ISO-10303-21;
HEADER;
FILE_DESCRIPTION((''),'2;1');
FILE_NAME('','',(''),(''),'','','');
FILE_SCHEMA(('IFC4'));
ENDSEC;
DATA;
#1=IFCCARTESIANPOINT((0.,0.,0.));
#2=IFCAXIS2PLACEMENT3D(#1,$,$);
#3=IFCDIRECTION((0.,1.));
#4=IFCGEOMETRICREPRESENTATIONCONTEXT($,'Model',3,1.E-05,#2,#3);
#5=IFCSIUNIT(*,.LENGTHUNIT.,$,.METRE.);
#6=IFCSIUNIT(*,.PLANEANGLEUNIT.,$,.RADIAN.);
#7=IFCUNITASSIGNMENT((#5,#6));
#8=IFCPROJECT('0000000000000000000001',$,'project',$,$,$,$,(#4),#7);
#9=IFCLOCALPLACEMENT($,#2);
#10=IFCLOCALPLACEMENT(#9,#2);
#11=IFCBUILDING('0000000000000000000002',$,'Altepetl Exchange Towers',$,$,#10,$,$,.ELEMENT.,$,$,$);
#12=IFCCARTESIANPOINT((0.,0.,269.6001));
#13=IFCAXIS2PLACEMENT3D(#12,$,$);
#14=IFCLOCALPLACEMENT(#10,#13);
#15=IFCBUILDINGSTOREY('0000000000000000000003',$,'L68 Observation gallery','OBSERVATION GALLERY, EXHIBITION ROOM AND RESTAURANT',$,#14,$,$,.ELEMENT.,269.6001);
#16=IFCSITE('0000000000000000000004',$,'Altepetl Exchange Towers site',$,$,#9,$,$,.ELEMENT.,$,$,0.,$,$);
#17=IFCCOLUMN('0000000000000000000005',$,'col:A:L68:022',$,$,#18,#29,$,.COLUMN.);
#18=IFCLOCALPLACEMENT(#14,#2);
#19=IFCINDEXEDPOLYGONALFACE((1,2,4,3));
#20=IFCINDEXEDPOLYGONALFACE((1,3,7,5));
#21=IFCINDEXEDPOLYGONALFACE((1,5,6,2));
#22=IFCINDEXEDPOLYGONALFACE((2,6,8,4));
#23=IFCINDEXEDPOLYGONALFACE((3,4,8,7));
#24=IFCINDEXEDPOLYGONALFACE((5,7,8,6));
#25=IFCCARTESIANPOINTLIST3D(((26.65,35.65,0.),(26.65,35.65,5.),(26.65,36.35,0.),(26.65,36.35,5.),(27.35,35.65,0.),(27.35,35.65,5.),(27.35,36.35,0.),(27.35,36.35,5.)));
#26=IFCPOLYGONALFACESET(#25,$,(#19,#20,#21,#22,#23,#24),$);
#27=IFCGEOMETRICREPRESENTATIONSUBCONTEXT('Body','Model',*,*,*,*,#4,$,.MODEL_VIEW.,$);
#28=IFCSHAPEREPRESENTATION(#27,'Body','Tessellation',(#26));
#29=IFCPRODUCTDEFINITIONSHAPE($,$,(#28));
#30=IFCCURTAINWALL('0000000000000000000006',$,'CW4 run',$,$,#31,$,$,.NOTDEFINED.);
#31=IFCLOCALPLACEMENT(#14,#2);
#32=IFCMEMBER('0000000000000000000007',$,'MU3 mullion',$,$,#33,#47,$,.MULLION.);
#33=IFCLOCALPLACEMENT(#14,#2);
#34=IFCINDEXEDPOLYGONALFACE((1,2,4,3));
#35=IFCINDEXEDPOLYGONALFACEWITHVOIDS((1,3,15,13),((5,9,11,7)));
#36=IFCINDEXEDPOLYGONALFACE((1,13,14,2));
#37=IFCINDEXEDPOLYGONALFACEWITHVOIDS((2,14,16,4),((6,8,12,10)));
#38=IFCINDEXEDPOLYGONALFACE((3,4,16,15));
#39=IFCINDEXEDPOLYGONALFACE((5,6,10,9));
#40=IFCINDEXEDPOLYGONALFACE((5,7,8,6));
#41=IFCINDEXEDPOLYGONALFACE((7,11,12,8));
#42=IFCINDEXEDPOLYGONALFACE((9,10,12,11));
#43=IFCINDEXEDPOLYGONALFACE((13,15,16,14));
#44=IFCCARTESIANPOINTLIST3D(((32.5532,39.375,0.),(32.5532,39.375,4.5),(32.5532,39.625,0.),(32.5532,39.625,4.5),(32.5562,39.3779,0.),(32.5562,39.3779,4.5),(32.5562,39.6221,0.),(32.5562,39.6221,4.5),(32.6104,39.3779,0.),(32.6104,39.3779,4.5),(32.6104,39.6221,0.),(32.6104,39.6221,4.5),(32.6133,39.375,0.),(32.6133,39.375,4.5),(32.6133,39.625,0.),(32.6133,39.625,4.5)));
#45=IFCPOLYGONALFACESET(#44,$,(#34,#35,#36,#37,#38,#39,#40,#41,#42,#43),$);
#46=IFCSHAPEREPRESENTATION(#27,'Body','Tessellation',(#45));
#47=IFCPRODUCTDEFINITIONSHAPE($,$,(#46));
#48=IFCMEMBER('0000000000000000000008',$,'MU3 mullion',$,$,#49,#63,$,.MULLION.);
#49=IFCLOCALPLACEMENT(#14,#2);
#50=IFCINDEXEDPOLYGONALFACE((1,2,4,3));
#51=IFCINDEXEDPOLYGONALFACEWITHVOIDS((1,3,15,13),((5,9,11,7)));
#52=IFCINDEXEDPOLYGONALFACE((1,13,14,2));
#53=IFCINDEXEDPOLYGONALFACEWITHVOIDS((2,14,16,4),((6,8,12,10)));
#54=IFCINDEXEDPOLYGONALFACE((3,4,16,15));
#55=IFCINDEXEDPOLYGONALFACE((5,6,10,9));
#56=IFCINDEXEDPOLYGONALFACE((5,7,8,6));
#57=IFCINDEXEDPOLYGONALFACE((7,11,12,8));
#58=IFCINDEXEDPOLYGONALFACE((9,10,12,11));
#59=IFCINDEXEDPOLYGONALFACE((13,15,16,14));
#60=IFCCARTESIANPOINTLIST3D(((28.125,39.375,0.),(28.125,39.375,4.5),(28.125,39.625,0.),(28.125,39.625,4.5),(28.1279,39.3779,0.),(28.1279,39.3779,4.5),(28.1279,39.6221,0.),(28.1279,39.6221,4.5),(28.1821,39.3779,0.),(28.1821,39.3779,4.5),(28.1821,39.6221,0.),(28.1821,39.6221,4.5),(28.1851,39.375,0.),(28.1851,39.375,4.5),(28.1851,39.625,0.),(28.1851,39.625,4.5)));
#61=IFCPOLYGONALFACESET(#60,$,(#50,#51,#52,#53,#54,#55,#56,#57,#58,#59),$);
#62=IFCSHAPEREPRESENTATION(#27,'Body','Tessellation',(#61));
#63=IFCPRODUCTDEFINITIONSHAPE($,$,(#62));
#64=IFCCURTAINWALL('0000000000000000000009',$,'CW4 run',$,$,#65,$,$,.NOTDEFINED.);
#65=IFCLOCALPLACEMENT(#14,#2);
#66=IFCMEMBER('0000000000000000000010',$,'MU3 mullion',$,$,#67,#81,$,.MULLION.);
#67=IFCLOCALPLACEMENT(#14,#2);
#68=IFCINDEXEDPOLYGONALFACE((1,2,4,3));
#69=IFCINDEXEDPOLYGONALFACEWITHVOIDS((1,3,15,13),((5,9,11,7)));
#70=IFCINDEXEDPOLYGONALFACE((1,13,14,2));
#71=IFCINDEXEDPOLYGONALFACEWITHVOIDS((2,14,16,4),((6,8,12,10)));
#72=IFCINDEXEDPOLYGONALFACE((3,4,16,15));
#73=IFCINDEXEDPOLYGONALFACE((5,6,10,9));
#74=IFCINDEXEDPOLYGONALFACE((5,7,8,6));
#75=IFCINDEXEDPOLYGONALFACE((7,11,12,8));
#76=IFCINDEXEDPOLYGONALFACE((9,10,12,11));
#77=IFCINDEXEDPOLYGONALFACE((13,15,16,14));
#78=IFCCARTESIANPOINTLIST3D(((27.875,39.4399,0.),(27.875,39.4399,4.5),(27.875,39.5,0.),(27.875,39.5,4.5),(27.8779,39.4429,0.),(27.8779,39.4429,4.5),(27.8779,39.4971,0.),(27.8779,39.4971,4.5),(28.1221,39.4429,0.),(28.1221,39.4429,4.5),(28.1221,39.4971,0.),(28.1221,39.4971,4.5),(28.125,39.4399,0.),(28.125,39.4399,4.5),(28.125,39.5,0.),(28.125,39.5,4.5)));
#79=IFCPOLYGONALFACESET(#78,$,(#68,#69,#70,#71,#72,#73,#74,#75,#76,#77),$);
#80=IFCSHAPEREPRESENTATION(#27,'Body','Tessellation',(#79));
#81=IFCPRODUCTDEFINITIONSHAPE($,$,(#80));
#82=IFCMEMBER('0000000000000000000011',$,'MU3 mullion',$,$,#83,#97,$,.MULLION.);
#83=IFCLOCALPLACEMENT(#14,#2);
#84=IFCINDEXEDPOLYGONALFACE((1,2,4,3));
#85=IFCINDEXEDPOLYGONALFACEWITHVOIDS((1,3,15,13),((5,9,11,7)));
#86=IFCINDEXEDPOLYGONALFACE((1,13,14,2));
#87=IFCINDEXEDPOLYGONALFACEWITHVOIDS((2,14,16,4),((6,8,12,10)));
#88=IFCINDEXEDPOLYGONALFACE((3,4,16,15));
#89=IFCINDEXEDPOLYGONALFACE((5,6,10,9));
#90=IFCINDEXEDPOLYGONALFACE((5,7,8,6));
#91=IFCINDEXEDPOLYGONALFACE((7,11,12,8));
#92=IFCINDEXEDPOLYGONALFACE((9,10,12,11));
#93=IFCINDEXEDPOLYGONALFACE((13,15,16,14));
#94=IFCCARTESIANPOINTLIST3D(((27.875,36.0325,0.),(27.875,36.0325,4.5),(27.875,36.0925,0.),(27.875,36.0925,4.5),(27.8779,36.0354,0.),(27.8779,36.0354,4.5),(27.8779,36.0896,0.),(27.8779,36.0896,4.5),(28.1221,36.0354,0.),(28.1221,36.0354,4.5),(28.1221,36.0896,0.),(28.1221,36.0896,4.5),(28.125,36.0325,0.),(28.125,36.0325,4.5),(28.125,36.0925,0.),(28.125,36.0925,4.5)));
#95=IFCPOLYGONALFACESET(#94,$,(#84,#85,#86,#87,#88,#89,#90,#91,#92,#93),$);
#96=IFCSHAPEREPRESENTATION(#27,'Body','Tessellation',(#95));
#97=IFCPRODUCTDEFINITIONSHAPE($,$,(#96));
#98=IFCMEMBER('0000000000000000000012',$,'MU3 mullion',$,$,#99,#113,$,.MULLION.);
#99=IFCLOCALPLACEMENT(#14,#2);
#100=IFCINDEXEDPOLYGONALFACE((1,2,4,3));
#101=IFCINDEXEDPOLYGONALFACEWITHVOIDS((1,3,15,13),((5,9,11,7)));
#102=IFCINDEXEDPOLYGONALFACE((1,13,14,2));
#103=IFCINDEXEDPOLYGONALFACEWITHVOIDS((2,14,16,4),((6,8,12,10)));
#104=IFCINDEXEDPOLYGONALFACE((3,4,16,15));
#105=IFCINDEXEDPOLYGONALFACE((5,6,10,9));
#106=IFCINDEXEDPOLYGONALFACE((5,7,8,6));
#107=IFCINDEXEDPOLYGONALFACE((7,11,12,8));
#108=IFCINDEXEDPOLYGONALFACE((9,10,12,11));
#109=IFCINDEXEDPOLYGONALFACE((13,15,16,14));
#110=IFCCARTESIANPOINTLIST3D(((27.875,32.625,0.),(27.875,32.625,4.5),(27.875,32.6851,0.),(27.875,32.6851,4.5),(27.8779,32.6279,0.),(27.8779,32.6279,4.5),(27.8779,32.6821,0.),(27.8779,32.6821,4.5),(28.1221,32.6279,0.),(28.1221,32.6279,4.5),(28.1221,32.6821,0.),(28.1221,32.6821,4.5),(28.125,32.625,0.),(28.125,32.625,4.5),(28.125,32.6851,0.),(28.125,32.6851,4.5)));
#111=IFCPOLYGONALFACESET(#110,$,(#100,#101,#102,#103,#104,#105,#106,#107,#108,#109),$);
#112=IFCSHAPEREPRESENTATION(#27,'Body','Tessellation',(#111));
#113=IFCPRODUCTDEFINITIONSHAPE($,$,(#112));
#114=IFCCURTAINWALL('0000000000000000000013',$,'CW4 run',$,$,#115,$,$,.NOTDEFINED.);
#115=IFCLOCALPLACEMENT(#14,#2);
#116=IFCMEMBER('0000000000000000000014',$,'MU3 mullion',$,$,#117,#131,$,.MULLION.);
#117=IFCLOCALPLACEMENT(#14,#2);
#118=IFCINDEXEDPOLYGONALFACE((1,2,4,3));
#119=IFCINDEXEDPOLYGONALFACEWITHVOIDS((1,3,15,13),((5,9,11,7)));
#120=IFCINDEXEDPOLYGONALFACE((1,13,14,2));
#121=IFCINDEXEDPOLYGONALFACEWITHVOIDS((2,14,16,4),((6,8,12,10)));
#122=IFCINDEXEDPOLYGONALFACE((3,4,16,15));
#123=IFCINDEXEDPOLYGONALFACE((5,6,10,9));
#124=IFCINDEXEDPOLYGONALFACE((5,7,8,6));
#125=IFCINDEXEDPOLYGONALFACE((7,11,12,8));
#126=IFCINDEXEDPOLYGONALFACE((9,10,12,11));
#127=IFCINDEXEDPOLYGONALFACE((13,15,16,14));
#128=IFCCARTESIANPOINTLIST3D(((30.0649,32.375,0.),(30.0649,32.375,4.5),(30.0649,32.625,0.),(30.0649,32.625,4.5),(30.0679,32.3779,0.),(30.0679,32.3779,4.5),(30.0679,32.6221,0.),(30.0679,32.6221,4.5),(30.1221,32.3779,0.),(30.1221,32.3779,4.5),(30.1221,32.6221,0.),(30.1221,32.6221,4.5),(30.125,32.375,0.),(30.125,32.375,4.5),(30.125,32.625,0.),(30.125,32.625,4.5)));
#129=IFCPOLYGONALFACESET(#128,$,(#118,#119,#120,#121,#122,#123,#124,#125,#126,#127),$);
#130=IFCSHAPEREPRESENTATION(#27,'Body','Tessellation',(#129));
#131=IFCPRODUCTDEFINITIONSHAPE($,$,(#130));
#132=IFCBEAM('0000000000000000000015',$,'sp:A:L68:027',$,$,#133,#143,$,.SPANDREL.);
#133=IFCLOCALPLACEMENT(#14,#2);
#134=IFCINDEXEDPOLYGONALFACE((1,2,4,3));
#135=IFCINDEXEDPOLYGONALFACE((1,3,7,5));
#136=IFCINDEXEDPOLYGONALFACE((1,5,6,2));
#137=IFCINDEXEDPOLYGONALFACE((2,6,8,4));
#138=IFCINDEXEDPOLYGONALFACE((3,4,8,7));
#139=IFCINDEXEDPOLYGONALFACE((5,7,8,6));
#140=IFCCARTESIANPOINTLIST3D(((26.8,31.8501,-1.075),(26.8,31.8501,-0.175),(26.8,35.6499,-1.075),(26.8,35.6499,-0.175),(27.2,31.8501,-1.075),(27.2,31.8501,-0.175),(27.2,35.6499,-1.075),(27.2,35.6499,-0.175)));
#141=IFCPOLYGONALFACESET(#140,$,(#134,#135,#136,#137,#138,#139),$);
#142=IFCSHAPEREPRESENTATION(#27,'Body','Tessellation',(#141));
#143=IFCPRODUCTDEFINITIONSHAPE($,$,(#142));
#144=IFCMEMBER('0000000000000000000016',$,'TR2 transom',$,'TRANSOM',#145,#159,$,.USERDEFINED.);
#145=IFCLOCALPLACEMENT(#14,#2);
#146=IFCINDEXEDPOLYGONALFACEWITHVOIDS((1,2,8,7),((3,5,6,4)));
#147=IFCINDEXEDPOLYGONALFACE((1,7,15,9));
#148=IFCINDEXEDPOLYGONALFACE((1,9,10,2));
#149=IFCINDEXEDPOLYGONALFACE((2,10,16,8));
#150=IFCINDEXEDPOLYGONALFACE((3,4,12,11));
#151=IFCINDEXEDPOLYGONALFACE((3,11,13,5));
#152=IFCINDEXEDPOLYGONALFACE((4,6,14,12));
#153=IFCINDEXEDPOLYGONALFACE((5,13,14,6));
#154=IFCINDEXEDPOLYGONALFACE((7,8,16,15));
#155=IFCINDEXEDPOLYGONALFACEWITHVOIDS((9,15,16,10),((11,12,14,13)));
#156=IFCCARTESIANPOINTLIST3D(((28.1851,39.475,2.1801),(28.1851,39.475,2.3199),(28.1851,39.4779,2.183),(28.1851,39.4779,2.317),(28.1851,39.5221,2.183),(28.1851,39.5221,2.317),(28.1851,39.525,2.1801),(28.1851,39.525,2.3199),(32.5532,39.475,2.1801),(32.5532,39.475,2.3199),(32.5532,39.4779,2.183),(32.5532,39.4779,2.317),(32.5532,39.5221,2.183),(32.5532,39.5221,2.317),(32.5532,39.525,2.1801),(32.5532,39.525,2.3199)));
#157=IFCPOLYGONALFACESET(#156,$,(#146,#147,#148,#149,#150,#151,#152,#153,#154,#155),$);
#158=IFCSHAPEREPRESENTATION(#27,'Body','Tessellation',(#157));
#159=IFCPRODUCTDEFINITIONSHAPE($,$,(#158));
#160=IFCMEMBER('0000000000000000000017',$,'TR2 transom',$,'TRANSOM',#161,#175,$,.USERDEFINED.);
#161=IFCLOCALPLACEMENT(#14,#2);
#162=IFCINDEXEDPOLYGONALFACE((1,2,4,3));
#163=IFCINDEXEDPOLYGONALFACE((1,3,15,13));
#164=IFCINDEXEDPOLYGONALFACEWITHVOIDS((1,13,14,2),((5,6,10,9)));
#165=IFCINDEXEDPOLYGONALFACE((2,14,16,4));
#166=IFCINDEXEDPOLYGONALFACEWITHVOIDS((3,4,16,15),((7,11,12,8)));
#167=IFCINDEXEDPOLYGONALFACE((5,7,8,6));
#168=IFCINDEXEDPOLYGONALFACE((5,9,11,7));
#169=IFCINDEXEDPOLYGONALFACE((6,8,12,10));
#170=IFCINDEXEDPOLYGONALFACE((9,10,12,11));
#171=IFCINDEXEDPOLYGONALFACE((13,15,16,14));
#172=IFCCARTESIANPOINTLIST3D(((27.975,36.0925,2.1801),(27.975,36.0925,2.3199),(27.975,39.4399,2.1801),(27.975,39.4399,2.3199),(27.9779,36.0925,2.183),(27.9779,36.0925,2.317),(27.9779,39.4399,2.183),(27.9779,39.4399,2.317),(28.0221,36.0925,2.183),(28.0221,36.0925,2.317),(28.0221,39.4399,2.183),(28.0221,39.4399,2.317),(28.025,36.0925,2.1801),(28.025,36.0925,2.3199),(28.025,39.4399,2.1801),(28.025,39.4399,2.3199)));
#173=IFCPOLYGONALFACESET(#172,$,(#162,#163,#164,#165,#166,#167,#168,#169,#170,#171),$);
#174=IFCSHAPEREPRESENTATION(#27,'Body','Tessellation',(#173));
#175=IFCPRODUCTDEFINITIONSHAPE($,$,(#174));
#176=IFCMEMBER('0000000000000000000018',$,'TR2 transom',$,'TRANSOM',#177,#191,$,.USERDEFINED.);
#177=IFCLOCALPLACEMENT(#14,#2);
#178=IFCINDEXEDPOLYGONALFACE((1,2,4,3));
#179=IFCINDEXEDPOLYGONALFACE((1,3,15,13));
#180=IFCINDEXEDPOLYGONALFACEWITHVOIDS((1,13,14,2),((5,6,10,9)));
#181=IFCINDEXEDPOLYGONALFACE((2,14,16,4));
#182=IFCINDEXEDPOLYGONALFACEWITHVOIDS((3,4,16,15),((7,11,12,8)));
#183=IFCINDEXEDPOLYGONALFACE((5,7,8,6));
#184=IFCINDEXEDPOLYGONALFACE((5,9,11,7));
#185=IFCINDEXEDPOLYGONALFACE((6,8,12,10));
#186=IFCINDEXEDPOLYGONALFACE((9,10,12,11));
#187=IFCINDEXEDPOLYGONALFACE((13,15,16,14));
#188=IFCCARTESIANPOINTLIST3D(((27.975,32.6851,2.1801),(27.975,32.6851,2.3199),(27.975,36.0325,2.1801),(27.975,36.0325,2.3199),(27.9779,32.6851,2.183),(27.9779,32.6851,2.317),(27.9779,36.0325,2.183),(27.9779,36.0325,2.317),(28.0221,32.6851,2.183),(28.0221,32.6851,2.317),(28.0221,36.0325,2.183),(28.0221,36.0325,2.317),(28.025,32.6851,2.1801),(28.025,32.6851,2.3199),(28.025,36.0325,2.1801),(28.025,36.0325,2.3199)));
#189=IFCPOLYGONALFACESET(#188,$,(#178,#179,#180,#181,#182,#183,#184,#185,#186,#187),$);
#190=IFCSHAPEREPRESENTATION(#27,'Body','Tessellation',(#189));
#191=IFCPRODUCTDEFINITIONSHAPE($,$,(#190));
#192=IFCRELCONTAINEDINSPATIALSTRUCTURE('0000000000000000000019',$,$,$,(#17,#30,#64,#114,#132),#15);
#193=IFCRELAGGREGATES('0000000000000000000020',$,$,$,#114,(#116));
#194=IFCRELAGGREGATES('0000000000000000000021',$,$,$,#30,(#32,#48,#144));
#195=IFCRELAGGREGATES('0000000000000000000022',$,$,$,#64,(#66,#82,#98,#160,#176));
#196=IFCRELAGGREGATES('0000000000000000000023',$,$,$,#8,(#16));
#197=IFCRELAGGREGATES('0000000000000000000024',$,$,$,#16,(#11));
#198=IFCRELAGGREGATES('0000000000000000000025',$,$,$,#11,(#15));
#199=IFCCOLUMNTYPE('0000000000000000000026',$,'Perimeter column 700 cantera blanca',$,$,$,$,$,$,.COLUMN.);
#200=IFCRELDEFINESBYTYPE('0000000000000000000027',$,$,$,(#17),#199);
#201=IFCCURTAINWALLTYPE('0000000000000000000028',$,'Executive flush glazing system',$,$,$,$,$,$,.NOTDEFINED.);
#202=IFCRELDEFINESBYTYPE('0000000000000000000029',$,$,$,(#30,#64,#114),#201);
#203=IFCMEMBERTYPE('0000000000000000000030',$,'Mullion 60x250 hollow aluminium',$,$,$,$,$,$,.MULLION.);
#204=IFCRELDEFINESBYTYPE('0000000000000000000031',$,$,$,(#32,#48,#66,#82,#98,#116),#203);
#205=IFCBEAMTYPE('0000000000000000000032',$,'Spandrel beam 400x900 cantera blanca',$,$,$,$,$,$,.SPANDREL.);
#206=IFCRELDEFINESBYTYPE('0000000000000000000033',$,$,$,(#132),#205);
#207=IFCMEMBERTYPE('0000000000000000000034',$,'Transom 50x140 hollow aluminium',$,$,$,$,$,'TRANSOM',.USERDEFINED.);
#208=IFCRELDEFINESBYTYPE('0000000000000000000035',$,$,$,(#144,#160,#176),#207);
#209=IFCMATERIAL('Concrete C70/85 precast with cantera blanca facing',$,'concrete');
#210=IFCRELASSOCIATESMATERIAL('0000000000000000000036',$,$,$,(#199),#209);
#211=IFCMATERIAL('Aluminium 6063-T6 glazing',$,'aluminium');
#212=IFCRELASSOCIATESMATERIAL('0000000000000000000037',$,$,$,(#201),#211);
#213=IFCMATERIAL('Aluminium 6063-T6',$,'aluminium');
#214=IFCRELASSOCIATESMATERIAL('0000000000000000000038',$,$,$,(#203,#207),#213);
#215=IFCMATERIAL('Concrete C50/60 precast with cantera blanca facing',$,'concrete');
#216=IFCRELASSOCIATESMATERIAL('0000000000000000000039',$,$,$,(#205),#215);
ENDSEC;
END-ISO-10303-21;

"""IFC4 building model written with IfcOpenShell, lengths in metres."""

from ifc_helpers import new_model, si_unit, direction, frame, origin, origin_2d, place, context, subcontext, project, spatial, rectangle, hollow_rectangle, extrude, material, material_profile, profile_set, type_object, element, aggregate, save


model = new_model("IFC4")

# Units and contexts
model_context = context("Model", 3, precision=1e-05, world=origin(), true_north=direction((0.0, 1.0)))
body_context = subcontext(model_context, "Body", "Model", "MODEL_VIEW")
ifc_project = project(units=[si_unit("LENGTHUNIT", "METRE"), si_unit("PLANEANGLEUNIT", "RADIAN")], contexts=[model_context])

# Site, building, storey
site_placement = place(None, origin())
site = spatial("IfcSite", under=ifc_project, at=site_placement, Name="Altepetl Exchange Towers site", CompositionType="ELEMENT", RefElevation=0.0)
building_placement = place(site_placement, origin())
building = spatial("IfcBuilding", under=site, at=building_placement, Name="Altepetl Exchange Towers", CompositionType="ELEMENT")
storey_placement = place(building_placement, frame((0.0, 0.0, 269.6001)))
storey = spatial("IfcBuildingStorey", under=building, at=storey_placement, Name="L68 Observation gallery", Description="OBSERVATION GALLERY, EXHIBITION ROOM AND RESTAURANT", CompositionType="ELEMENT", Elevation=269.6001)

# Column
ifc_material_1 = material(Name="Concrete C70/85 precast with cantera blanca facing", Category="concrete")
ifc_material_profile_1 = material_profile(ifc_material_1, rectangle(XDim=0.7, YDim=0.7, at=origin_2d()), Name="700 x 700")
ifc_profile_set_1 = profile_set([ifc_material_profile_1], Name="Concrete C70/85 precast with cantera blanca facing")
column_type = type_object("IfcColumnType", Name="Perimeter column 700 cantera blanca", PredefinedType="COLUMN", material=ifc_profile_set_1)
column_placement = place(storey_placement, frame((27.0, 36.0, 0.0)))
element("IfcColumn", 1, at=column_placement, inside=storey, type_object=column_type, Name="col:A:L68:022", PredefinedType="COLUMN", context=body_context, shape_type="SweptSolid", body=[
    extrude(rectangle(XDim=0.7, YDim=0.7, at=origin_2d()), origin(), (0.0, 0.0, 1.0), 5.0),
])

# Curtain walls, members
ifc_material_2 = material(Name="Aluminium 6063-T6 glazing", Category="aluminium")
curtain_wall_type = type_object("IfcCurtainWallType", Name="Executive flush glazing system", PredefinedType="NOTDEFINED", material=ifc_material_2)
curtain_wall_1_placement = place(storey_placement, origin())
curtain_wall_1 = element("IfcCurtainWall", 2, at=curtain_wall_1_placement, inside=storey, type_object=curtain_wall_type, Name="CW4 run", PredefinedType="NOTDEFINED")
ifc_material_3 = material(Name="Aluminium 6063-T6", Category="aluminium")
ifc_material_profile_2 = material_profile(ifc_material_3, hollow_rectangle(XDim=0.0601, YDim=0.25, WallThickness=0.0029, at=origin_2d()), Name="Mullion 60x250 hollow aluminium")
ifc_profile_set_2 = profile_set([ifc_material_profile_2], Name="Aluminium 6063-T6")
member_type_1 = type_object("IfcMemberType", Name="Mullion 60x250 hollow aluminium", PredefinedType="MULLION", material=ifc_profile_set_2)
member_1_placement = place(storey_placement, frame((32.5833, 39.5, 0.0), z_axis=(0.0, 0.0, 1.0), x_axis=(-1.0, 0.0, 0.0)))
member_1 = element("IfcMember", 3, at=member_1_placement, type_object=member_type_1, Name="MU3 mullion", PredefinedType="MULLION", context=body_context, shape_type="SweptSolid", body=[
    extrude(hollow_rectangle(XDim=0.0601, YDim=0.25, WallThickness=0.0029, at=origin_2d()), origin(), (0.0, 0.0, 1.0), 4.5),
])
member_2_placement = place(storey_placement, frame((28.155, 39.5, 0.0), z_axis=(0.0, 0.0, 1.0), x_axis=(-1.0, 0.0, 0.0)))
member_2 = element("IfcMember", 4, at=member_2_placement, type_object=member_type_1, Name="MU3 mullion", PredefinedType="MULLION", context=body_context, shape_type="SweptSolid", body=[
    extrude(hollow_rectangle(XDim=0.0601, YDim=0.25, WallThickness=0.0029, at=origin_2d()), origin(), (0.0, 0.0, 1.0), 4.5),
])
curtain_wall_2_placement = place(storey_placement, origin())
curtain_wall_2 = element("IfcCurtainWall", 5, at=curtain_wall_2_placement, inside=storey, type_object=curtain_wall_type, Name="CW4 run", PredefinedType="NOTDEFINED")
member_3_placement = place(storey_placement, frame((28.0, 39.47, 0.0), z_axis=(0.0, 0.0, 1.0), x_axis=(0.0, -1.0, 0.0)))
member_3 = element("IfcMember", 6, at=member_3_placement, type_object=member_type_1, Name="MU3 mullion", PredefinedType="MULLION", context=body_context, shape_type="SweptSolid", body=[
    extrude(hollow_rectangle(XDim=0.0601, YDim=0.25, WallThickness=0.0029, at=origin_2d()), origin(), (0.0, 0.0, 1.0), 4.5),
])
member_4_placement = place(storey_placement, frame((28.0, 36.0625, 0.0), z_axis=(0.0, 0.0, 1.0), x_axis=(0.0, -1.0, 0.0)))
member_4 = element("IfcMember", 7, at=member_4_placement, type_object=member_type_1, Name="MU3 mullion", PredefinedType="MULLION", context=body_context, shape_type="SweptSolid", body=[
    extrude(hollow_rectangle(XDim=0.0601, YDim=0.25, WallThickness=0.0029, at=origin_2d()), origin(), (0.0, 0.0, 1.0), 4.5),
])
member_5_placement = place(storey_placement, frame((28.0, 32.655, 0.0), z_axis=(0.0, 0.0, 1.0), x_axis=(0.0, -1.0, 0.0)))
member_5 = element("IfcMember", 8, at=member_5_placement, type_object=member_type_1, Name="MU3 mullion", PredefinedType="MULLION", context=body_context, shape_type="SweptSolid", body=[
    extrude(hollow_rectangle(XDim=0.0601, YDim=0.25, WallThickness=0.0029, at=origin_2d()), origin(), (0.0, 0.0, 1.0), 4.5),
])

# Curtain wall, member
curtain_wall_3_placement = place(storey_placement, origin())
curtain_wall_3 = element("IfcCurtainWall", 9, at=curtain_wall_3_placement, inside=storey, type_object=curtain_wall_type, Name="CW4 run", PredefinedType="NOTDEFINED")
member_6_placement = place(storey_placement, frame((30.095, 32.5, 0.0)))
member_6 = element("IfcMember", 10, at=member_6_placement, type_object=member_type_1, Name="MU3 mullion", PredefinedType="MULLION", context=body_context, shape_type="SweptSolid", body=[
    extrude(hollow_rectangle(XDim=0.0601, YDim=0.25, WallThickness=0.0029, at=origin_2d()), origin(), (0.0, 0.0, 1.0), 4.5),
])
aggregate(curtain_wall_3, [member_6])

# Beam
ifc_material_4 = material(Name="Concrete C50/60 precast with cantera blanca facing", Category="concrete")
ifc_material_profile_3 = material_profile(ifc_material_4, rectangle(XDim=0.3999, YDim=0.8999, at=origin_2d()), Name="400 x 900")
ifc_profile_set_3 = profile_set([ifc_material_profile_3], Name="Concrete C50/60 precast with cantera blanca facing")
beam_type = type_object("IfcBeamType", Name="Spandrel beam 400x900 cantera blanca", PredefinedType="SPANDREL", material=ifc_profile_set_3)
beam_placement = place(storey_placement, frame((27.0, 35.6499, -0.625), z_axis=(0.0, -1.0, 0.0), x_axis=(1.0, 0.0, 0.0)))
element("IfcBeam", 11, at=beam_placement, inside=storey, type_object=beam_type, Name="sp:A:L68:027", PredefinedType="SPANDREL", context=body_context, shape_type="SweptSolid", body=[
    extrude(rectangle(XDim=0.3999, YDim=0.8999, at=origin_2d()), origin(), (0.0, 0.0, 1.0), 3.7998),
])

# Members
ifc_material_profile_4 = material_profile(ifc_material_3, hollow_rectangle(XDim=0.05, YDim=0.1399, WallThickness=0.0029, at=origin_2d()), Name="Transom 50x140 hollow aluminium")
ifc_profile_set_4 = profile_set([ifc_material_profile_4], Name="Aluminium 6063-T6")
member_type_2 = type_object("IfcMemberType", Name="Transom 50x140 hollow aluminium", ElementType="TRANSOM", PredefinedType="USERDEFINED", material=ifc_profile_set_4)
member_7_placement = place(storey_placement, frame((32.5532, 39.5, 2.25), z_axis=(-1.0, 0.0, 0.0), x_axis=(0.0, -1.0, 0.0)))
member_7 = element("IfcMember", 12, at=member_7_placement, type_object=member_type_2, Name="TR2 transom", ObjectType="TRANSOM", PredefinedType="USERDEFINED", context=body_context, shape_type="SweptSolid", body=[
    extrude(hollow_rectangle(XDim=0.05, YDim=0.1399, WallThickness=0.0029, at=origin_2d()), origin(), (0.0, 0.0, 1.0), 4.3682),
])
member_8_placement = place(storey_placement, frame((28.0, 39.4399, 2.25), z_axis=(0.0, -1.0, 0.0), x_axis=(1.0, 0.0, 0.0)))
member_8 = element("IfcMember", 13, at=member_8_placement, type_object=member_type_2, Name="TR2 transom", ObjectType="TRANSOM", PredefinedType="USERDEFINED", context=body_context, shape_type="SweptSolid", body=[
    extrude(hollow_rectangle(XDim=0.05, YDim=0.1399, WallThickness=0.0029, at=origin_2d()), origin(), (0.0, 0.0, 1.0), 3.3474),
])
member_9_placement = place(storey_placement, frame((28.0, 36.0325, 2.25), z_axis=(0.0, -1.0, 0.0), x_axis=(1.0, 0.0, 0.0)))
member_9 = element("IfcMember", 14, at=member_9_placement, type_object=member_type_2, Name="TR2 transom", ObjectType="TRANSOM", PredefinedType="USERDEFINED", context=body_context, shape_type="SweptSolid", body=[
    extrude(hollow_rectangle(XDim=0.05, YDim=0.1399, WallThickness=0.0029, at=origin_2d()), origin(), (0.0, 0.0, 1.0), 3.3474),
])

aggregate(curtain_wall_1, [member_1, member_2, member_7])
aggregate(curtain_wall_2, [member_3, member_4, member_5, member_8, member_9])

save(model, "model.ifc")
